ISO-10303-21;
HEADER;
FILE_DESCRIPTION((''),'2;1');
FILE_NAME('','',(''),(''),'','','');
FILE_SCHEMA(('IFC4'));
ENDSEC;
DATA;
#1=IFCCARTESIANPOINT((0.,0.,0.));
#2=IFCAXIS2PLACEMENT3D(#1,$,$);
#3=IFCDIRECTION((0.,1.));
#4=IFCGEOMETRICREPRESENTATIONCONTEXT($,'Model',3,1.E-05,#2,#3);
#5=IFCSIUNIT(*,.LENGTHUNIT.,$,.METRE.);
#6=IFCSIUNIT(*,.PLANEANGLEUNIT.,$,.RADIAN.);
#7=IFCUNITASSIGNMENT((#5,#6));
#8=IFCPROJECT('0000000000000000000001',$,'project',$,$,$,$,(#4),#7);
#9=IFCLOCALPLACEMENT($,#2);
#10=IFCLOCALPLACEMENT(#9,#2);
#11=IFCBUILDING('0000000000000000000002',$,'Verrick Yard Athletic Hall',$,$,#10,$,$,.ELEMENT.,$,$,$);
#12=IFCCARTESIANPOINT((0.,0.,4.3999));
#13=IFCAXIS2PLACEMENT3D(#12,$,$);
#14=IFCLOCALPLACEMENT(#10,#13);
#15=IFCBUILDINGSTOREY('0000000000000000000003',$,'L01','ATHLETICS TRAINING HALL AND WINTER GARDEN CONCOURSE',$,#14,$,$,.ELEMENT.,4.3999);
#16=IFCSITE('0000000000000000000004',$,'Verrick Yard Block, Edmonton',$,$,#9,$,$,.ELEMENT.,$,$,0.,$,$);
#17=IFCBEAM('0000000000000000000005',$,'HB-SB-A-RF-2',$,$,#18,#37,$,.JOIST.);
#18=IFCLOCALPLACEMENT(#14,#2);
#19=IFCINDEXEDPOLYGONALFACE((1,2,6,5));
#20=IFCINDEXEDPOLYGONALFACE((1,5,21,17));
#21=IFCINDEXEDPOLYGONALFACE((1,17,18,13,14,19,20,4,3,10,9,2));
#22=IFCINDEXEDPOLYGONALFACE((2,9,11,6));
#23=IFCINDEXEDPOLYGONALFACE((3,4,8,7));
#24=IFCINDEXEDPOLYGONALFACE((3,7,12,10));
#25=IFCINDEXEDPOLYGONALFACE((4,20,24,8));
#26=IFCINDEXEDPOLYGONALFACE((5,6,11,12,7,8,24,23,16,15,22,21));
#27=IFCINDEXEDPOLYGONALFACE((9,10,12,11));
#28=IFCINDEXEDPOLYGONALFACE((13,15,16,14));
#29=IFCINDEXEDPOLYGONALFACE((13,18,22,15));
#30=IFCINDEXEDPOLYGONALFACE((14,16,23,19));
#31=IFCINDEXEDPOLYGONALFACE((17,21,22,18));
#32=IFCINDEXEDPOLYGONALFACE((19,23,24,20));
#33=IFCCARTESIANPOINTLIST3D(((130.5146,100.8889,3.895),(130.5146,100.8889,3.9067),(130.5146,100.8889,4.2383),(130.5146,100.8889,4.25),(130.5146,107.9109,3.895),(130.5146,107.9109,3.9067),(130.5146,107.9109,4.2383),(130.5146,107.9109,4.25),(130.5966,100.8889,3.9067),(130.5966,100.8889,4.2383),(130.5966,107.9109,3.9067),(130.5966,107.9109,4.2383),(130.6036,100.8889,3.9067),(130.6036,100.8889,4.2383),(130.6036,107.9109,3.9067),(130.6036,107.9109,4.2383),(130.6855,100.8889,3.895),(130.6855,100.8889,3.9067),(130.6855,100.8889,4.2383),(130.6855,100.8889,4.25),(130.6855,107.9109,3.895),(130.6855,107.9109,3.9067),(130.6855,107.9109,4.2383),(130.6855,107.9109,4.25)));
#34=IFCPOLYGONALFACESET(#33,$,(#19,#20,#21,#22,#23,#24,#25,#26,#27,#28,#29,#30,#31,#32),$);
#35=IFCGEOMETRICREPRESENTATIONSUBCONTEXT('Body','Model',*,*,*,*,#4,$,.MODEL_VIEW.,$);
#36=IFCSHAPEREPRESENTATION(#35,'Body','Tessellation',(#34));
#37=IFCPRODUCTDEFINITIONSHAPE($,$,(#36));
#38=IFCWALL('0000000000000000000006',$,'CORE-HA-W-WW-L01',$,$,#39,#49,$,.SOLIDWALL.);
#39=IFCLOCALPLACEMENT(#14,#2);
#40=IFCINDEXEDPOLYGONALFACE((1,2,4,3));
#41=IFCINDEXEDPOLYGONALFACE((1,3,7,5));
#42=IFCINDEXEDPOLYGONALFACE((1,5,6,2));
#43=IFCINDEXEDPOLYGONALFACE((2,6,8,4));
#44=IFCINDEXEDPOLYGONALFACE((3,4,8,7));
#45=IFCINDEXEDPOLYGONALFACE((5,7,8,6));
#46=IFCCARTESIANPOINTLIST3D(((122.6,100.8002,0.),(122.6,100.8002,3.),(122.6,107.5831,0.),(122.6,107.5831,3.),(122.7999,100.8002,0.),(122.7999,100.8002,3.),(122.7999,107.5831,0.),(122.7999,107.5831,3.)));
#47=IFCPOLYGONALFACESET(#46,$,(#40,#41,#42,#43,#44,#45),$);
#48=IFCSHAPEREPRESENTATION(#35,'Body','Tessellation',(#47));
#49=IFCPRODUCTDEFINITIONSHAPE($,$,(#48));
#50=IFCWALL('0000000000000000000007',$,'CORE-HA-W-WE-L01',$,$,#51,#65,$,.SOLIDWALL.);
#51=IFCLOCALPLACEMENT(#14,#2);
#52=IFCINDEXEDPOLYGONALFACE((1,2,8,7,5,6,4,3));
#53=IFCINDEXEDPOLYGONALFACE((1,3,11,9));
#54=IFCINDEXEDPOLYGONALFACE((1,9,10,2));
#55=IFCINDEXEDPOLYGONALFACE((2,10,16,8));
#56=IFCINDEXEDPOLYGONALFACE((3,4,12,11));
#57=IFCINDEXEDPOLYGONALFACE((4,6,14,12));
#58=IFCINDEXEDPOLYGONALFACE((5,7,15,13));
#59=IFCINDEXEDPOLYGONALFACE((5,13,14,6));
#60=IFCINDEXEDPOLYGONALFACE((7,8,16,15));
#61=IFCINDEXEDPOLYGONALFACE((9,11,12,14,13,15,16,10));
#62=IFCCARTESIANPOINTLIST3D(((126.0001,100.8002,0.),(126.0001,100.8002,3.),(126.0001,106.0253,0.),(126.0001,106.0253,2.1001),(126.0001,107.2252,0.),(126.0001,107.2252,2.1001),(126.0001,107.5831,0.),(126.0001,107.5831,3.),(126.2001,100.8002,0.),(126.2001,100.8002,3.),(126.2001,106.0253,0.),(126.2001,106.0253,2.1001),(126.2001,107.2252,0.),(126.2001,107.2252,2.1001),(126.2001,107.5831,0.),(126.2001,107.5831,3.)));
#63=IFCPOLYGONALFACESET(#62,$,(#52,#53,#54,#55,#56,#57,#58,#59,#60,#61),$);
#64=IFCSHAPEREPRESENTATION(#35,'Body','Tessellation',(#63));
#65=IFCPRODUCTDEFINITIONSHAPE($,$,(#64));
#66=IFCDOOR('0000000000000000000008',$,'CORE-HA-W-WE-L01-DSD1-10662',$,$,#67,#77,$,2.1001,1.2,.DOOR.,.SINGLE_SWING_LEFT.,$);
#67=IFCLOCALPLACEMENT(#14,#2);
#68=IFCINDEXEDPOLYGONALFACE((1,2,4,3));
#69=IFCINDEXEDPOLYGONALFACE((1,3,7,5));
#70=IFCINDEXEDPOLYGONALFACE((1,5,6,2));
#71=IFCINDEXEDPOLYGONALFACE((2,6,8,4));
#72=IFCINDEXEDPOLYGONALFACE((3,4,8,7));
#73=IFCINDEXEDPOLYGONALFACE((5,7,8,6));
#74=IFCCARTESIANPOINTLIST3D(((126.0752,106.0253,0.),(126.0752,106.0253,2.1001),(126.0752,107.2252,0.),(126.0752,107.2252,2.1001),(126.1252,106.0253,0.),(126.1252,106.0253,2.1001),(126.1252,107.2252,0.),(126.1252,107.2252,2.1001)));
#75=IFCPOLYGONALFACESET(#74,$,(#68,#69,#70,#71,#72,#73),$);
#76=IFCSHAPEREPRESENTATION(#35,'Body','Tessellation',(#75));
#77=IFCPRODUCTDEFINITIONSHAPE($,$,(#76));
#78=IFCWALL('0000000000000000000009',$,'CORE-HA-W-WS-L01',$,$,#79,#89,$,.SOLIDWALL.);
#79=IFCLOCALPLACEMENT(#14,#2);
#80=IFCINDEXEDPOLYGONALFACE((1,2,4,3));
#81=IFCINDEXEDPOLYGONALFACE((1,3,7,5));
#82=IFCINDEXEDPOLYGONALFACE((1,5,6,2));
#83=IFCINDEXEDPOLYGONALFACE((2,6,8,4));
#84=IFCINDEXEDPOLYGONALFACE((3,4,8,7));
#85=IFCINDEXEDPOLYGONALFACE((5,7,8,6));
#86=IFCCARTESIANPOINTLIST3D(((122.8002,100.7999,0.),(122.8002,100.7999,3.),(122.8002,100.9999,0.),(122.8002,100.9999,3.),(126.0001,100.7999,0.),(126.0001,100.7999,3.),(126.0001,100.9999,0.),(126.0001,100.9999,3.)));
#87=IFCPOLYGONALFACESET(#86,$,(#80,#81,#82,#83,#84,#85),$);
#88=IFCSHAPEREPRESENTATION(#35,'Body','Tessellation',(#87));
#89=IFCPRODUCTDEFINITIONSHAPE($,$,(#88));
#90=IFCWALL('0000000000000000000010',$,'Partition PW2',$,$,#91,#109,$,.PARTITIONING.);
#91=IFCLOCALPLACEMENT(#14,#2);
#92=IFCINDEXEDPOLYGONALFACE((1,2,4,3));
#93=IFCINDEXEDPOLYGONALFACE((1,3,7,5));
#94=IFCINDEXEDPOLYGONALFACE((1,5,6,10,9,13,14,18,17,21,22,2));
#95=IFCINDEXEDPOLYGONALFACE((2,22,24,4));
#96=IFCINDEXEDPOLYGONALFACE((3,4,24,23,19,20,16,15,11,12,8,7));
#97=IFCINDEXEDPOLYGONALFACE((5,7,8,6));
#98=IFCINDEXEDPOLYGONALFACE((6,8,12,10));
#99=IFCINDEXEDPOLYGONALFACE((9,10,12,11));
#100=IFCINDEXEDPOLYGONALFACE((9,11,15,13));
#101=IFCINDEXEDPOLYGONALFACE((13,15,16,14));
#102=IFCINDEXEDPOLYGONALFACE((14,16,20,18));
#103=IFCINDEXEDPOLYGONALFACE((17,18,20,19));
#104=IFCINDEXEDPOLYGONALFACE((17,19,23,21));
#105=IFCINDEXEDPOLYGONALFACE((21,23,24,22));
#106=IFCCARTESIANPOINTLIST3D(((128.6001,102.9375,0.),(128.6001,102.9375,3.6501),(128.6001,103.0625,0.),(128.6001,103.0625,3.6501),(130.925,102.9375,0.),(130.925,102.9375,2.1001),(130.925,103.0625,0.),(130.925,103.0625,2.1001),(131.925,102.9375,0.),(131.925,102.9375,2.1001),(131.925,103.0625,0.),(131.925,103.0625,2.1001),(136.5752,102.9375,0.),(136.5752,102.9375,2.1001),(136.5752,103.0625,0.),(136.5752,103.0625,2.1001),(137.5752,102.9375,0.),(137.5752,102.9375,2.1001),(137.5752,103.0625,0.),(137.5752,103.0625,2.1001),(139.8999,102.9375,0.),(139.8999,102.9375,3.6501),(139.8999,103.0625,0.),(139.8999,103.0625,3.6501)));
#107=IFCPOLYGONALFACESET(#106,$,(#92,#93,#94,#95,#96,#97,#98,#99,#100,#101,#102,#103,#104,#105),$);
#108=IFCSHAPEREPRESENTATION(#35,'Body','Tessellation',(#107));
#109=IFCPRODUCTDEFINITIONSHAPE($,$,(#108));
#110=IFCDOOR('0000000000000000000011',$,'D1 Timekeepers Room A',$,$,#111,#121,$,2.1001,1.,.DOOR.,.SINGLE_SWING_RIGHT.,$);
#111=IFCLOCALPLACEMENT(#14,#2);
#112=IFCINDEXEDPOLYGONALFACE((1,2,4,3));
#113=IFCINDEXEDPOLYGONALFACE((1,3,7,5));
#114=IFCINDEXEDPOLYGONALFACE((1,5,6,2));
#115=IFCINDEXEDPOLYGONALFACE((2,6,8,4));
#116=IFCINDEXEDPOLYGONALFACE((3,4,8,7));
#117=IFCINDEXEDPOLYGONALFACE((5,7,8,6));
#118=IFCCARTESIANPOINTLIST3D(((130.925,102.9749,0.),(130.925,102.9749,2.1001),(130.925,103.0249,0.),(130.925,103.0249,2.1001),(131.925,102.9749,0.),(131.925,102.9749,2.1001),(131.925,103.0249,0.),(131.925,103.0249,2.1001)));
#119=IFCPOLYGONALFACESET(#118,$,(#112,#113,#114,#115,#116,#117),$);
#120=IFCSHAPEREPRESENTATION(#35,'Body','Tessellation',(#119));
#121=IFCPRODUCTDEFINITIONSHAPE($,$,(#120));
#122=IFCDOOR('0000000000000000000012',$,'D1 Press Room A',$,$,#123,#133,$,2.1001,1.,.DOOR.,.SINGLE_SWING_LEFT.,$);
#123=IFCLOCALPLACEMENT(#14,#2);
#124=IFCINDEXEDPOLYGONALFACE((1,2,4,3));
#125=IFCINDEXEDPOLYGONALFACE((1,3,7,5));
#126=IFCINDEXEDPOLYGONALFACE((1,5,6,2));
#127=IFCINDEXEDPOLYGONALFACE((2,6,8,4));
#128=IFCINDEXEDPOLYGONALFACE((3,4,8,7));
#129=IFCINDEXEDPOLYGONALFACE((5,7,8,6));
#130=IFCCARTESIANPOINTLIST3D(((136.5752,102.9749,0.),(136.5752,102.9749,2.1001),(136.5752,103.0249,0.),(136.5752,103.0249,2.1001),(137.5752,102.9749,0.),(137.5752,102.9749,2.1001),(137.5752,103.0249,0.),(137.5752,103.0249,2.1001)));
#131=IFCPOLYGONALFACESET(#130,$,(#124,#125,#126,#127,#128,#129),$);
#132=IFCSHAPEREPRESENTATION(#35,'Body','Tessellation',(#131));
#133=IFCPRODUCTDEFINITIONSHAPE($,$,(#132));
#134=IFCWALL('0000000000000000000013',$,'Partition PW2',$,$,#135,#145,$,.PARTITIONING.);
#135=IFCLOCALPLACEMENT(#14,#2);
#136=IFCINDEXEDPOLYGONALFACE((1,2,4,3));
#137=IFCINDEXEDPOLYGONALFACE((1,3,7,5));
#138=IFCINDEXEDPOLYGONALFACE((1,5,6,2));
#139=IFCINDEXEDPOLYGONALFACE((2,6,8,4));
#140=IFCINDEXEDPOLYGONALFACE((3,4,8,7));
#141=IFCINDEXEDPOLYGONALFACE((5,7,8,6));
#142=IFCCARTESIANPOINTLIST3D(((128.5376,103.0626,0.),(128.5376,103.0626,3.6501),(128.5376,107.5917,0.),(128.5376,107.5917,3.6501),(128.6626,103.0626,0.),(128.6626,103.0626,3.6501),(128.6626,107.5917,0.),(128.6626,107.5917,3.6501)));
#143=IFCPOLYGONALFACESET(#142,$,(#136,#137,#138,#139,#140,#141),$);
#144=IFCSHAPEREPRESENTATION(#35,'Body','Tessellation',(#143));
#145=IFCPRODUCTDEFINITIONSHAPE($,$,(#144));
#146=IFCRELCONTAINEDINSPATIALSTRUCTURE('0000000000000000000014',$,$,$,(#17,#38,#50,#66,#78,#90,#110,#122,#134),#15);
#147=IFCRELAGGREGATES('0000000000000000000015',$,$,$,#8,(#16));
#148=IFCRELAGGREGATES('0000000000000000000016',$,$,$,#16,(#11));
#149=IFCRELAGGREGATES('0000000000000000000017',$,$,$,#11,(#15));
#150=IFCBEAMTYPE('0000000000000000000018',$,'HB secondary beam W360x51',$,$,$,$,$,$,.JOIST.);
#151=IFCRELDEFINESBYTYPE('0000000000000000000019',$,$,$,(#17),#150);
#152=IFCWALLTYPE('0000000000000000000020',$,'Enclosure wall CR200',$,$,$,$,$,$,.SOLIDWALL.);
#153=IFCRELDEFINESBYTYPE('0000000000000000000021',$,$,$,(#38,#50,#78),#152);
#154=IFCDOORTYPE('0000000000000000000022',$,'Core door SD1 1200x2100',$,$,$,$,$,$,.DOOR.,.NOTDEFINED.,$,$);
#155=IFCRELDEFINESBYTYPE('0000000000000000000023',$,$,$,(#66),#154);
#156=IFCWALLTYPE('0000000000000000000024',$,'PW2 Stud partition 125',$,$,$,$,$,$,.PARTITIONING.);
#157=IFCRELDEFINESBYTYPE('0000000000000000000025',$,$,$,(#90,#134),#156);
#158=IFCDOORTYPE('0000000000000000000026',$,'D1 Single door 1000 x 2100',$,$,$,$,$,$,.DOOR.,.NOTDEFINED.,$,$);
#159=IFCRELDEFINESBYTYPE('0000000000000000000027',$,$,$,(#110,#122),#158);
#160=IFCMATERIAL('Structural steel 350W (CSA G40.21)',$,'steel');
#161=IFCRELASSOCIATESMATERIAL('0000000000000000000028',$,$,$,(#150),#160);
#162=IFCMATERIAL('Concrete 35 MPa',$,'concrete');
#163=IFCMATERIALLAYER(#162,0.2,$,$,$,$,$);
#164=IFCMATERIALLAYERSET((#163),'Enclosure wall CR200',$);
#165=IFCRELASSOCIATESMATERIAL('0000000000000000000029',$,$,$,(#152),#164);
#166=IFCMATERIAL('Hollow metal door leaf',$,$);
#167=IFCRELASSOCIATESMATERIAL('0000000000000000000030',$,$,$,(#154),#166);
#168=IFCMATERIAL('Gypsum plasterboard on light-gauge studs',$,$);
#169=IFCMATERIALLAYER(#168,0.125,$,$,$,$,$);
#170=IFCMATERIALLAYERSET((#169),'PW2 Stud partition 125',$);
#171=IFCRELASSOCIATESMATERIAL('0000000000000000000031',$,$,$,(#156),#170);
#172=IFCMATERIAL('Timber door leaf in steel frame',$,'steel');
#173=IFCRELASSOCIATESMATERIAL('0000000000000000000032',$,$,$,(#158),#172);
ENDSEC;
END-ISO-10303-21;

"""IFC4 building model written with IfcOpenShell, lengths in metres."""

from ifc_helpers import new_model, si_unit, direction, frame, frame_2d, origin, origin_2d, place, context, subcontext, project, spatial, rectangle, i_section, extrude, material, layer, layer_set, material_profile, profile_set, type_object, element, fill, save


model = new_model("IFC4")

# Units and contexts
model_context = context("Model", 3, precision=1e-05, world=origin(), true_north=direction((0.0, 1.0)))
body_context = subcontext(model_context, "Body", "Model", "MODEL_VIEW")
ifc_project = project(units=[si_unit("LENGTHUNIT", "METRE"), si_unit("PLANEANGLEUNIT", "RADIAN")], contexts=[model_context])

# Site, building, storey
site_placement = place(None, origin())
site = spatial("IfcSite", under=ifc_project, at=site_placement, Name="Verrick Yard Block, Edmonton", CompositionType="ELEMENT", RefElevation=0.0)
building_placement = place(site_placement, origin())
building = spatial("IfcBuilding", under=site, at=building_placement, Name="Verrick Yard Athletic Hall", CompositionType="ELEMENT")
storey_placement = place(building_placement, frame((0.0, 0.0, 4.3999)))
storey = spatial("IfcBuildingStorey", under=building, at=storey_placement, Name="L01", Description="ATHLETICS TRAINING HALL AND WINTER GARDEN CONCOURSE", CompositionType="ELEMENT", Elevation=4.3999)

# Shared definitions
ifc_material_1 = material(Name="Structural steel 350W (CSA G40.21)", Category="steel")

# Beam
ifc_material_profile_1 = material_profile(ifc_material_1, i_section(OverallWidth=0.1709, OverallDepth=0.355, WebThickness=0.0071, FlangeThickness=0.0117, at=origin_2d()), Name="W360x51")
ifc_profile_set_1 = profile_set([ifc_material_profile_1], Name="Structural steel 350W (CSA G40.21)")
beam_type_1 = type_object("IfcBeamType", Name="HB secondary beam W360x51", PredefinedType="JOIST", material=ifc_profile_set_1)
for number, where, z_axis, x_axis, name in (
    (1, (130.6001, 100.8889, 4.0725), (0.0, 1.0, 0.0), (-1.0, 0.0, 0.0), "HB-SB-A-RF-2"),
):
    element("IfcBeam", number, at=place(storey_placement, frame(where, z_axis=z_axis, x_axis=x_axis)), inside=storey, type_object=beam_type_1, Name=name, PredefinedType="JOIST", context=body_context, shape_type="SweptSolid", body=[
        extrude(i_section(OverallWidth=0.1709, OverallDepth=0.355, WebThickness=0.0071, FlangeThickness=0.0117, at=origin_2d()), origin(), (0.0, 0.0, 1.0), 7.022),
    ])

# Wall
ifc_material_2 = material(Name="Concrete 35 MPa", Category="concrete")
ifc_layer_1 = layer(ifc_material_2, 0.2)
ifc_layer_set_1 = layer_set([ifc_layer_1], Name="Enclosure wall CR200")
wall_type_1 = type_object("IfcWallType", Name="Enclosure wall CR200", PredefinedType="SOLIDWALL", material=ifc_layer_set_1)
wall_1_placement = place(storey_placement, frame((122.7, 100.8, 0.0), z_axis=(0.0, 0.0, 1.0), x_axis=(0.0, 1.0, 0.0)))
element("IfcWall", 2, at=wall_1_placement, inside=storey, type_object=wall_type_1, Name="CORE-HA-W-WW-L01", PredefinedType="SOLIDWALL", context=body_context, shape_type="SweptSolid", body=[
    extrude(rectangle(XDim=6.783, YDim=0.2, at=frame_2d((3.3916, 0.0))), origin(), (0.0, 0.0, 1.0), 3.0),
])

# Wall, opening, door
wall_2_placement = place(storey_placement, frame((126.1001, 100.8, 0.0), z_axis=(0.0, 0.0, 1.0), x_axis=(0.0, 1.0, 0.0)))
wall_2 = element("IfcWall", 3, at=wall_2_placement, inside=storey, type_object=wall_type_1, Name="CORE-HA-W-WE-L01", PredefinedType="SOLIDWALL", context=body_context, shape_type="SweptSolid", body=[
    extrude(rectangle(XDim=6.783, YDim=0.2, at=frame_2d((3.3916, 0.0))), origin(), (0.0, 0.0, 1.0), 3.0),
])
opening_1_placement = place(wall_2_placement, frame((5.2251, 0.0, 0.0)))
opening_1 = element("IfcOpeningElement", 4, at=opening_1_placement, cuts=wall_2, PredefinedType="OPENING", context=body_context, shape_type="SweptSolid", body=[
    extrude(rectangle(XDim=1.2, YDim=2.1001, at=frame_2d((0.6001, 1.05))), frame((0.0, 0.1099, 0.0), z_axis=(0.0, -1.0, 0.0), x_axis=(1.0, 0.0, 0.0)), (0.0, 0.0, 1.0), 0.22),
])
ifc_material_3 = material(Name="Hollow metal door leaf")
door_type_1 = type_object("IfcDoorType", Name="Core door SD1 1200x2100", OperationType="NOTDEFINED", PredefinedType="DOOR", material=ifc_material_3)
door_1_placement = place(opening_1_placement, origin())
door_1 = element("IfcDoor", 5, at=door_1_placement, inside=storey, type_object=door_type_1, Name="CORE-HA-W-WE-L01-DSD1-10662", OperationType="SINGLE_SWING_LEFT", OverallHeight=2.1001, OverallWidth=1.2, PredefinedType="DOOR", context=body_context, shape_type="SweptSolid", body=[
    extrude(rectangle(XDim=1.2, YDim=2.1001, at=frame_2d((0.6001, 1.05))), frame((0.0, 0.0249, 0.0), z_axis=(0.0, -1.0, 0.0), x_axis=(1.0, 0.0, 0.0)), (0.0, 0.0, 1.0), 0.05),
])
fill(opening_1, door_1)

# Wall
wall_3_placement = place(storey_placement, frame((122.8, 100.8999, 0.0), z_axis=(0.0, 0.0, 1.0), x_axis=(1.0, 0.0, 0.0)))
element("IfcWall", 6, at=wall_3_placement, inside=storey, type_object=wall_type_1, Name="CORE-HA-W-WS-L01", PredefinedType="SOLIDWALL", context=body_context, shape_type="SweptSolid", body=[
    extrude(rectangle(XDim=3.2, YDim=0.2, at=frame_2d((1.6001, 0.0))), origin(), (0.0, 0.0, 1.0), 3.0),
])

# Wall, openings, doors
ifc_material_4 = material(Name="Gypsum plasterboard on light-gauge studs")
ifc_layer_2 = layer(ifc_material_4, 0.125)
ifc_layer_set_2 = layer_set([ifc_layer_2], Name="PW2 Stud partition 125")
wall_type_2 = type_object("IfcWallType", Name="PW2 Stud partition 125", PredefinedType="PARTITIONING", material=ifc_layer_set_2)
wall_4_placement = place(storey_placement, frame((128.6001, 103.0, 0.0), z_axis=(0.0, 0.0, 1.0), x_axis=(1.0, 0.0, 0.0)))
wall_4 = element("IfcWall", 7, at=wall_4_placement, inside=storey, type_object=wall_type_2, Name="Partition PW2", PredefinedType="PARTITIONING", context=body_context, shape_type="SweptSolid", body=[
    extrude(rectangle(XDim=11.2998, YDim=0.125, at=frame_2d((5.6499, 0.0))), origin(), (0.0, 0.0, 1.0), 3.6501),
])
opening_2_placement = place(wall_4_placement, frame((2.325, 0.0, 0.0)))
opening_2 = element("IfcOpeningElement", 8, at=opening_2_placement, cuts=wall_4, PredefinedType="OPENING", context=body_context, shape_type="SweptSolid", body=[
    extrude(rectangle(XDim=1.0, YDim=2.1001, at=frame_2d((0.5, 1.05))), frame((0.0, 0.0725, 0.0), z_axis=(0.0, -1.0, 0.0), x_axis=(1.0, 0.0, 0.0)), (0.0, 0.0, 1.0), 0.145),
])
opening_3_placement = place(wall_4_placement, frame((7.9751, 0.0, 0.0)))
opening_3 = element("IfcOpeningElement", 9, at=opening_3_placement, cuts=wall_4, PredefinedType="OPENING", context=body_context, shape_type="SweptSolid", body=[
    extrude(rectangle(XDim=1.0, YDim=2.1001, at=frame_2d((0.5, 1.05))), frame((0.0, 0.0725, 0.0), z_axis=(0.0, -1.0, 0.0), x_axis=(1.0, 0.0, 0.0)), (0.0, 0.0, 1.0), 0.145),
])
ifc_material_5 = material(Name="Timber door leaf in steel frame", Category="steel")
door_type_2 = type_object("IfcDoorType", Name="D1 Single door 1000 x 2100", OperationType="NOTDEFINED", PredefinedType="DOOR", material=ifc_material_5)
door_2_placement = place(opening_2_placement, origin())
door_2 = element("IfcDoor", 10, at=door_2_placement, inside=storey, type_object=door_type_2, Name="D1 Timekeepers Room A", OperationType="SINGLE_SWING_RIGHT", OverallHeight=2.1001, OverallWidth=1.0, PredefinedType="DOOR", context=body_context, shape_type="SweptSolid", body=[
    extrude(rectangle(XDim=1.0, YDim=2.1001, at=frame_2d((0.5, 1.05))), frame((0.0, 0.0249, 0.0), z_axis=(0.0, -1.0, 0.0), x_axis=(1.0, 0.0, 0.0)), (0.0, 0.0, 1.0), 0.05),
])
fill(opening_2, door_2)
door_3_placement = place(opening_3_placement, origin())
door_3 = element("IfcDoor", 11, at=door_3_placement, inside=storey, type_object=door_type_2, Name="D1 Press Room A", OperationType="SINGLE_SWING_LEFT", OverallHeight=2.1001, OverallWidth=1.0, PredefinedType="DOOR", context=body_context, shape_type="SweptSolid", body=[
    extrude(rectangle(XDim=1.0, YDim=2.1001, at=frame_2d((0.5, 1.05))), frame((0.0, 0.0249, 0.0), z_axis=(0.0, -1.0, 0.0), x_axis=(1.0, 0.0, 0.0)), (0.0, 0.0, 1.0), 0.05),
])
fill(opening_3, door_3)

# Wall
wall_5_placement = place(storey_placement, frame((128.6001, 103.0625, 0.0), z_axis=(0.0, 0.0, 1.0), x_axis=(0.0, 1.0, 0.0)))
element("IfcWall", 12, at=wall_5_placement, inside=storey, type_object=wall_type_2, Name="Partition PW2", PredefinedType="PARTITIONING", context=body_context, shape_type="SweptSolid", body=[
    extrude(rectangle(XDim=4.5291, YDim=0.125, at=frame_2d((2.2646, 0.0))), origin(), (0.0, 0.0, 1.0), 3.6501),
])

save(model, "model.ifc")
